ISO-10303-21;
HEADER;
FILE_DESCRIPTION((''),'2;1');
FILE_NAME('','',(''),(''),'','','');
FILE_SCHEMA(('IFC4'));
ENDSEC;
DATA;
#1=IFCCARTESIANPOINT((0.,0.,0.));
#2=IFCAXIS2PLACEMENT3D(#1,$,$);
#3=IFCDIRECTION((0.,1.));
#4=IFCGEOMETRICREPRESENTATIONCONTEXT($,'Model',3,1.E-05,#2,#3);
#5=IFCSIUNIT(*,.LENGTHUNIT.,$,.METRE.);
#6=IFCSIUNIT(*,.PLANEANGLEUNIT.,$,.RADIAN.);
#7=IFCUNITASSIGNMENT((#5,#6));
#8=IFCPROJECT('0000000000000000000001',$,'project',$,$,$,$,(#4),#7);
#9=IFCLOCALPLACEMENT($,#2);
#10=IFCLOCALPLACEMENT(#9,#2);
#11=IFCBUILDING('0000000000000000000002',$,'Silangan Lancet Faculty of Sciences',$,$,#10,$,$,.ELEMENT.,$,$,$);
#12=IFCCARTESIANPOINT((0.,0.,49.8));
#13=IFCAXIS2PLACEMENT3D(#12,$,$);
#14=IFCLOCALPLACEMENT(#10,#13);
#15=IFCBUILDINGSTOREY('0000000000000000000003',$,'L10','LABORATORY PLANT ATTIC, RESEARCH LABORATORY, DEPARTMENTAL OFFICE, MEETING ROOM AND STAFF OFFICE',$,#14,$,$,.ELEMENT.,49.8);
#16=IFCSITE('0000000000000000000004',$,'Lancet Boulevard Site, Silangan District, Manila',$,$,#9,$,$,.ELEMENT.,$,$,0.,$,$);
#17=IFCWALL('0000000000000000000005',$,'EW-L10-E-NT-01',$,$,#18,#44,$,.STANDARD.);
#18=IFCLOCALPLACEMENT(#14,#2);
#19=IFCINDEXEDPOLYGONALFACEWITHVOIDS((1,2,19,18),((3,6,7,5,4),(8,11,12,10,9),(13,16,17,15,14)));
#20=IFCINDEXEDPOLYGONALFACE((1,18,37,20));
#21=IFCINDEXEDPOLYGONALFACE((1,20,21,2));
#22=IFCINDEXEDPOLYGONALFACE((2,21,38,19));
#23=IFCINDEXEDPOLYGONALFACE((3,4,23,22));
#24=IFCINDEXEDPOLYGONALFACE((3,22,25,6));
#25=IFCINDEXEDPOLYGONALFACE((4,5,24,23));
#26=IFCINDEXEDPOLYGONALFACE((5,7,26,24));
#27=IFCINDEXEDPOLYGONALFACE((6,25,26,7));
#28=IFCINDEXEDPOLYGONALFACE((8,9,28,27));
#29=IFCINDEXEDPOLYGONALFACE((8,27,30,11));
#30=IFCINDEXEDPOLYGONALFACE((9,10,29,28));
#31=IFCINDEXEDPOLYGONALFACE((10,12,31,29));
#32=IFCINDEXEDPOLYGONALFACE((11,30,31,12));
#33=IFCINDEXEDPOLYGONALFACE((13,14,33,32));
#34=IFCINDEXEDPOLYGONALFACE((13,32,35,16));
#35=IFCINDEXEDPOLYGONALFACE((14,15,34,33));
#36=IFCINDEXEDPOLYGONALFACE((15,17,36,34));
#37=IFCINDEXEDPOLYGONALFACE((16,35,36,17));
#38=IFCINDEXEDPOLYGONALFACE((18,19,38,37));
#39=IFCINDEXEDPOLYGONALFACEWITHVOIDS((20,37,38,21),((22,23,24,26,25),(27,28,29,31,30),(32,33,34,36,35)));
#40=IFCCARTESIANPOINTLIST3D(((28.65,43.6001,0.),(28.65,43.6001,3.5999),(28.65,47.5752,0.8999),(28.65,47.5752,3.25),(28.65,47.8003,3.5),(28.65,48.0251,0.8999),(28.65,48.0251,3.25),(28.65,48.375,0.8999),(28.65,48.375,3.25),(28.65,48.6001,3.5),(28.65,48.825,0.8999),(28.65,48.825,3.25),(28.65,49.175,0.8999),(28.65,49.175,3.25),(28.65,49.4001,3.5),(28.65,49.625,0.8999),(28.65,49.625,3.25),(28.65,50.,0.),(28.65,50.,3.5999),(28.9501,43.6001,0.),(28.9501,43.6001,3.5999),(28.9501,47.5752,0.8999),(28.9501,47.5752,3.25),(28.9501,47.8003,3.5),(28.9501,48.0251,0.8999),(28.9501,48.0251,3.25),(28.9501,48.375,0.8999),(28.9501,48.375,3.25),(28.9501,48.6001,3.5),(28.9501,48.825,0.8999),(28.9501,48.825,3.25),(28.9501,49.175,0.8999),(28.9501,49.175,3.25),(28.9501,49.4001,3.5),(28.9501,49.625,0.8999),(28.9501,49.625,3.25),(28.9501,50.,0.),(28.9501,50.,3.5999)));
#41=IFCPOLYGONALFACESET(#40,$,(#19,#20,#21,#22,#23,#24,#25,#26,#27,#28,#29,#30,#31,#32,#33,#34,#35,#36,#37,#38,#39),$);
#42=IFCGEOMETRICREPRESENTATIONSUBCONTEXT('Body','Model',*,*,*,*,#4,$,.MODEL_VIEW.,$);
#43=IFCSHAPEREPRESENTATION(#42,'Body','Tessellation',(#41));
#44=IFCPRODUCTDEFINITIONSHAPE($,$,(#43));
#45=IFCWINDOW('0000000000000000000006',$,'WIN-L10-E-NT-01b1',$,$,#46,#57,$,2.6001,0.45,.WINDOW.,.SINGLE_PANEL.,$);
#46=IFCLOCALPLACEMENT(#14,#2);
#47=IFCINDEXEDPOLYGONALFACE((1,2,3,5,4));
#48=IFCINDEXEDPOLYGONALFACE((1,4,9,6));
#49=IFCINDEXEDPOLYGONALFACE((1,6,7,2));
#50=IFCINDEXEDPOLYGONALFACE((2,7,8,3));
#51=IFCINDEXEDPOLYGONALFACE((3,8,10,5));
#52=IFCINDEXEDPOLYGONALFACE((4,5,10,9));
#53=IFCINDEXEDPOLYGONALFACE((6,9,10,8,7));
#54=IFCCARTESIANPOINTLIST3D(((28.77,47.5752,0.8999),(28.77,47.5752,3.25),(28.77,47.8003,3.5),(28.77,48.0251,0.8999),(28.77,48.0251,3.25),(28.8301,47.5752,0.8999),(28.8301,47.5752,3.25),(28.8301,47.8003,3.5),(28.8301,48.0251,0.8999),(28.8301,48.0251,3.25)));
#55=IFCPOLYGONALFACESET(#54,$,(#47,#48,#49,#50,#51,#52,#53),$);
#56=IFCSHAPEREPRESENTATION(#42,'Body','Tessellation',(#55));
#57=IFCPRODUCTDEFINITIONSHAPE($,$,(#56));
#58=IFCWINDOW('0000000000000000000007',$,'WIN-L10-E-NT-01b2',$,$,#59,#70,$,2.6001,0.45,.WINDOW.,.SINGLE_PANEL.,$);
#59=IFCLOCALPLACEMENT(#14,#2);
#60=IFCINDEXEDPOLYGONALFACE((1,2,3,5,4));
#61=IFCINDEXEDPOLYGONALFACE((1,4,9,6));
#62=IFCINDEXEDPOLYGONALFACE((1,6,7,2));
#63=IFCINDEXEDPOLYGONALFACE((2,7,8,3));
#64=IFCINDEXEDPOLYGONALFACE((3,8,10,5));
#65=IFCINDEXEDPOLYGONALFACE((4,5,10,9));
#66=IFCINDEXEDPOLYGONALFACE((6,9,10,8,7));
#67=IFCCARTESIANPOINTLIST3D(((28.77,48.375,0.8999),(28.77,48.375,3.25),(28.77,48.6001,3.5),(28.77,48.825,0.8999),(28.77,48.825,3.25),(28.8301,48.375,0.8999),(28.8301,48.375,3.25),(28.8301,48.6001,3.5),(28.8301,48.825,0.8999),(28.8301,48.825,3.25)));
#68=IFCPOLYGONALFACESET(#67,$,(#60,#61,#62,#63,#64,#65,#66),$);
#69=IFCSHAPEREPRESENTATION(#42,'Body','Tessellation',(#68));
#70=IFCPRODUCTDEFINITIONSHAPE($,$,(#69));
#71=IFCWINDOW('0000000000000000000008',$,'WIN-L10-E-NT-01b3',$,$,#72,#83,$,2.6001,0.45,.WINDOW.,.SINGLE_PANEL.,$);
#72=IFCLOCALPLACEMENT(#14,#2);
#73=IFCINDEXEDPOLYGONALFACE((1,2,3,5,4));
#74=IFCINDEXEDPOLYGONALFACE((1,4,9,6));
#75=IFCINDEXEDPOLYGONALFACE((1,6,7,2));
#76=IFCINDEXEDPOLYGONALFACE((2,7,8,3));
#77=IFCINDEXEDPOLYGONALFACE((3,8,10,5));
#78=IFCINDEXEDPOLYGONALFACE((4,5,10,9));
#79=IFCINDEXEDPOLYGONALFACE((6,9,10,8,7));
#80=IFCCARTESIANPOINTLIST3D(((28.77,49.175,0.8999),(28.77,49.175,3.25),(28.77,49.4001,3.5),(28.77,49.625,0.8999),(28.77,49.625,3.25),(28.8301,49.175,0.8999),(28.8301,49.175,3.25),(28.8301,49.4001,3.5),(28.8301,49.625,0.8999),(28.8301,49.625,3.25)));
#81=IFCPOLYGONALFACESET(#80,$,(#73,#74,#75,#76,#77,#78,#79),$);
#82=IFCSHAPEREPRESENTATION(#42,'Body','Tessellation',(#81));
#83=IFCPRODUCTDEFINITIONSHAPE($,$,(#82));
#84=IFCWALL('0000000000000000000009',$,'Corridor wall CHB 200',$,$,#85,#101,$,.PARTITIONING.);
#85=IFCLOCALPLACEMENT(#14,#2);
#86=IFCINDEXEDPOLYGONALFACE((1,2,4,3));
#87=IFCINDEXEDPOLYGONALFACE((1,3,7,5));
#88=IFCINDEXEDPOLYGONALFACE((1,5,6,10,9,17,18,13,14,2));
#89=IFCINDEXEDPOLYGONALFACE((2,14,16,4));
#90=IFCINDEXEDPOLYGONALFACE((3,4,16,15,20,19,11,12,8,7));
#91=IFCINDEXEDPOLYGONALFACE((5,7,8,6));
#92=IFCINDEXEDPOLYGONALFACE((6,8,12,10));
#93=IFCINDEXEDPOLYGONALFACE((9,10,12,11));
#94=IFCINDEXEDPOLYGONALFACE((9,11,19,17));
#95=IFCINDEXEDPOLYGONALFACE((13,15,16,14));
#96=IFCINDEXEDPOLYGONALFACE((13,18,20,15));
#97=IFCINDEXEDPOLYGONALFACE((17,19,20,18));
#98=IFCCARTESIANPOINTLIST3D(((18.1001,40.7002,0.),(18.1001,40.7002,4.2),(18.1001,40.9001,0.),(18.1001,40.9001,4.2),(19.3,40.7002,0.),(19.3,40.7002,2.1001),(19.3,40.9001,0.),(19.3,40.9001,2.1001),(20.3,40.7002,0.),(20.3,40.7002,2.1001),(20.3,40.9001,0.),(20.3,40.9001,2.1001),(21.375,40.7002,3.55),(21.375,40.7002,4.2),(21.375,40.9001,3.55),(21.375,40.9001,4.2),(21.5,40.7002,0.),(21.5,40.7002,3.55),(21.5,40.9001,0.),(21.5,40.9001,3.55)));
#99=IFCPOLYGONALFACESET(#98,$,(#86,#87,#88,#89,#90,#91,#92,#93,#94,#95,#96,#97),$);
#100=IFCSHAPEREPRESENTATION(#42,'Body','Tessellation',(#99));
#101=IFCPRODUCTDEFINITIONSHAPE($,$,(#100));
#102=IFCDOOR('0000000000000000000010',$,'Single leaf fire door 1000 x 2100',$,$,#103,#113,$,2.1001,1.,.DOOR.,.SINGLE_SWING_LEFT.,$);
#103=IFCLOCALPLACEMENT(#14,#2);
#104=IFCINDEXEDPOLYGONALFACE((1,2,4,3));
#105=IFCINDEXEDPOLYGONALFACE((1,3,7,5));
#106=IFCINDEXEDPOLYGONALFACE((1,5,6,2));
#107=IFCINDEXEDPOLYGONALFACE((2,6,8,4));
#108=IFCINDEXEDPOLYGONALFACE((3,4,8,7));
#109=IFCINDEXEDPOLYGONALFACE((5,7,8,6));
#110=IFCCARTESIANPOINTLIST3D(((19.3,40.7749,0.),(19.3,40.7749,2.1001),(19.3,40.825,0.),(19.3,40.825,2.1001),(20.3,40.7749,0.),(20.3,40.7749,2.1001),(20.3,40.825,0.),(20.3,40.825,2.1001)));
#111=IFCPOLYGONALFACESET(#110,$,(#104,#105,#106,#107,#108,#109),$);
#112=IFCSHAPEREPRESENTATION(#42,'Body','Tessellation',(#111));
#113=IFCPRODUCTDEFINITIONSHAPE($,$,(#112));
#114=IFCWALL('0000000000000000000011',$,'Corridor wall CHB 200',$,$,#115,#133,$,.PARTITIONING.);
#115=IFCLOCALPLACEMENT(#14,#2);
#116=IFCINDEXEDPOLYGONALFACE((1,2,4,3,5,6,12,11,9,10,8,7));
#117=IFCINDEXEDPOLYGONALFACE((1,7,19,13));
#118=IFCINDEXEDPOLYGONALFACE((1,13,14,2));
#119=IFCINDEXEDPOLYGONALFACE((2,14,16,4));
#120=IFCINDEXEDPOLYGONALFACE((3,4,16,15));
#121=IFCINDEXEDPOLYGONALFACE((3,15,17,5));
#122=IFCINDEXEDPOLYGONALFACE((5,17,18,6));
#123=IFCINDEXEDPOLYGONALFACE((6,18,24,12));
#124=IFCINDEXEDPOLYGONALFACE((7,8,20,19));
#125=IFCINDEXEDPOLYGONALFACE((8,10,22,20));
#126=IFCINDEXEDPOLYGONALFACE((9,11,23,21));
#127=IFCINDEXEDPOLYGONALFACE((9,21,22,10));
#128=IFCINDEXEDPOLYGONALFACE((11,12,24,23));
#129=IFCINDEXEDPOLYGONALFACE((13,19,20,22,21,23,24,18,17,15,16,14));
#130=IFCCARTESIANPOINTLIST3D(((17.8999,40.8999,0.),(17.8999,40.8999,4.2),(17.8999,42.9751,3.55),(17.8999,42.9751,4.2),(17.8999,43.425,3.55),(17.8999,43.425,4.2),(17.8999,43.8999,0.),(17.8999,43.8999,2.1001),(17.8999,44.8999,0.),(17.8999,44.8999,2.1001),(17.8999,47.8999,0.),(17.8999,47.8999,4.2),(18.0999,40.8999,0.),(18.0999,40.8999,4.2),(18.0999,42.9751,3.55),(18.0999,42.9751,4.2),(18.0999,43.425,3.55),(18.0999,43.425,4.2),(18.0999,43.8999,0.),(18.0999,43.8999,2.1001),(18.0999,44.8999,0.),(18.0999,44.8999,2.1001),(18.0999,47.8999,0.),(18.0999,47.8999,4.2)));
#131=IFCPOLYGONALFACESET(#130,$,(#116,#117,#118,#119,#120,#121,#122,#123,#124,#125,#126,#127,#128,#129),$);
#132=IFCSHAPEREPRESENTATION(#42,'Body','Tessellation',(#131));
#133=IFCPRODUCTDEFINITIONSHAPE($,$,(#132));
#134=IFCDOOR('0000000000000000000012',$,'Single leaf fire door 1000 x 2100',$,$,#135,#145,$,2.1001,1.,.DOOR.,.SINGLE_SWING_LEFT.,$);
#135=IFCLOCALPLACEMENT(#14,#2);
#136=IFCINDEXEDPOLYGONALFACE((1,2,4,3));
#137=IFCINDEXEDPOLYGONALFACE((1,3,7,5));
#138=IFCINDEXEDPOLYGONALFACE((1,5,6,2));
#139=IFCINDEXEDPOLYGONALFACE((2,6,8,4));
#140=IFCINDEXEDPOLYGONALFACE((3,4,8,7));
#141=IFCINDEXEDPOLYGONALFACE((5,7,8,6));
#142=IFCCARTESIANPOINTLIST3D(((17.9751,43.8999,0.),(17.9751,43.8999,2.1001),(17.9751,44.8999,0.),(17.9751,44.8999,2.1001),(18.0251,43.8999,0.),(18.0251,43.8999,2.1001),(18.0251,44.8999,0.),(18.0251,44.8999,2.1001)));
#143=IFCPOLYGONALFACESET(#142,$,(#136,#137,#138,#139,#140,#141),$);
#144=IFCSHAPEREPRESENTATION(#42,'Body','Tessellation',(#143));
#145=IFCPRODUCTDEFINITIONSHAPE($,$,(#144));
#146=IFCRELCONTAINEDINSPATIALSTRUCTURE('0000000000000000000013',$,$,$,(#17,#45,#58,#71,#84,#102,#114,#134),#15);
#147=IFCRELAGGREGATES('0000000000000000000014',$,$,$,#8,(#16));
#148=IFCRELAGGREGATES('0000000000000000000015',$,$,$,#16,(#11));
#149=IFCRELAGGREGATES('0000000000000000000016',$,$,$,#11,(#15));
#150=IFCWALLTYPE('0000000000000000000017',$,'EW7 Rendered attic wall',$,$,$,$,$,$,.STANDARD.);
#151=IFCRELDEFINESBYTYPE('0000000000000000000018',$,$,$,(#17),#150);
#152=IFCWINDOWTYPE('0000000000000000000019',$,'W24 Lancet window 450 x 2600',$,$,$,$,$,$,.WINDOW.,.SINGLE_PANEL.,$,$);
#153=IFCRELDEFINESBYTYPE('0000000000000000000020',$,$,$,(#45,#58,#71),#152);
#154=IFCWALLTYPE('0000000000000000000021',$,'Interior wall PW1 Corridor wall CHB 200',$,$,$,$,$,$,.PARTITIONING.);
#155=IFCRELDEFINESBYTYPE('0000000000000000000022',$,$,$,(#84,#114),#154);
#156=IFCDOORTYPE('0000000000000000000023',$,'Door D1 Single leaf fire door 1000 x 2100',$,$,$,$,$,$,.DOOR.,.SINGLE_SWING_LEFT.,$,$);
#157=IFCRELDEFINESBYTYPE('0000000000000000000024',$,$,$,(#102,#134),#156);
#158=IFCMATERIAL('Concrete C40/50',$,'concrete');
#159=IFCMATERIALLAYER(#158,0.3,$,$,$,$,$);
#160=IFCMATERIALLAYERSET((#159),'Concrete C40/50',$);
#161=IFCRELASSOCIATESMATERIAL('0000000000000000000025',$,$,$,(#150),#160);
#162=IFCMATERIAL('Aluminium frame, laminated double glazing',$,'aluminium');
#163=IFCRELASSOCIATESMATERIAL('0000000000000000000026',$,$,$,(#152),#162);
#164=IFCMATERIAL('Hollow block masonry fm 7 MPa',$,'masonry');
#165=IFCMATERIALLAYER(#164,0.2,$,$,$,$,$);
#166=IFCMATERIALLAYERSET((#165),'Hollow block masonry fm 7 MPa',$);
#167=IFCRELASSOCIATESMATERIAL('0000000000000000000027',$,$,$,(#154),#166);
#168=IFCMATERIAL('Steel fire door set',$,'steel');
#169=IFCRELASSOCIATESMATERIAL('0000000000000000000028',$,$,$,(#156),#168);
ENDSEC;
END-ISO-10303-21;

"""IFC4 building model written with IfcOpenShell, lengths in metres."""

from ifc_helpers import new_model, si_unit, direction, frame, frame_2d, origin, place, context, subcontext, project, spatial, polyline, rectangle, outline, extrude, material, layer, layer_set, type_object, element, fill, save


model = new_model("IFC4")

# Units and contexts
model_context = context("Model", 3, precision=1e-05, world=origin(), true_north=direction((0.0, 1.0)))
body_context = subcontext(model_context, "Body", "Model", "MODEL_VIEW")
ifc_project = project(units=[si_unit("LENGTHUNIT", "METRE"), si_unit("PLANEANGLEUNIT", "RADIAN")], contexts=[model_context])

# Site, building, storey
site_placement = place(None, origin())
site = spatial("IfcSite", under=ifc_project, at=site_placement, Name="Lancet Boulevard Site, Silangan District, Manila", CompositionType="ELEMENT", RefElevation=0.0)
building_placement = place(site_placement, origin())
building = spatial("IfcBuilding", under=site, at=building_placement, Name="Silangan Lancet Faculty of Sciences", CompositionType="ELEMENT")
storey_placement = place(building_placement, frame((0.0, 0.0, 49.8)))
storey = spatial("IfcBuildingStorey", under=building, at=storey_placement, Name="L10", Description="LABORATORY PLANT ATTIC, RESEARCH LABORATORY, DEPARTMENTAL OFFICE, MEETING ROOM AND STAFF OFFICE", CompositionType="ELEMENT", Elevation=49.8)

# Wall, openings, windows
ifc_material_1 = material(Name="Concrete C40/50", Category="concrete")
ifc_layer_1 = layer(ifc_material_1, 0.3)
ifc_layer_set_1 = layer_set([ifc_layer_1], Name="Concrete C40/50")
wall_type_1 = type_object("IfcWallType", Name="EW7 Rendered attic wall", PredefinedType="STANDARD", material=ifc_layer_set_1)
wall_1_placement = place(storey_placement, frame((28.8, 43.6001, 0.0), z_axis=(0.0, 0.0, 1.0), x_axis=(0.0, 1.0, 0.0)))
wall_1 = element("IfcWall", 1, at=wall_1_placement, inside=storey, type_object=wall_type_1, Name="EW-L10-E-NT-01", PredefinedType="STANDARD", context=body_context, shape_type="SweptSolid", body=[
    extrude(rectangle(XDim=6.3999, YDim=0.3, at=frame_2d((3.2, 0.0))), origin(), (0.0, 0.0, 1.0), 3.5999),
])
opening_1_placement = place(wall_1_placement, frame((3.9751, 0.0, 0.8999)))
opening_1 = element("IfcOpeningElement", 2, at=opening_1_placement, cuts=wall_1, PredefinedType="OPENING", context=body_context, shape_type="SweptSolid", body=[
    extrude(outline(polyline([(0.0, 0.0), (0.45, 0.0), (0.45, 2.3501), (0.2251, 2.6001), (0.0, 2.3501), (0.0, 0.0)])), frame((0.0, 0.1599, 0.0), z_axis=(0.0, -1.0, 0.0), x_axis=(1.0, 0.0, 0.0)), (0.0, 0.0, 1.0), 0.3201),
])
opening_2_placement = place(wall_1_placement, frame((4.7749, 0.0, 0.8999)))
opening_2 = element("IfcOpeningElement", 3, at=opening_2_placement, cuts=wall_1, PredefinedType="OPENING", context=body_context, shape_type="SweptSolid", body=[
    extrude(outline(polyline([(0.0, 0.0), (0.45, 0.0), (0.45, 2.3501), (0.2251, 2.6001), (0.0, 2.3501), (0.0, 0.0)])), frame((0.0, 0.1599, 0.0), z_axis=(0.0, -1.0, 0.0), x_axis=(1.0, 0.0, 0.0)), (0.0, 0.0, 1.0), 0.3201),
])
opening_3_placement = place(wall_1_placement, frame((5.575, 0.0, 0.8999)))
opening_3 = element("IfcOpeningElement", 4, at=opening_3_placement, cuts=wall_1, PredefinedType="OPENING", context=body_context, shape_type="SweptSolid", body=[
    extrude(outline(polyline([(0.0, 0.0), (0.45, 0.0), (0.45, 2.3501), (0.2251, 2.6001), (0.0, 2.3501), (0.0, 0.0)])), frame((0.0, 0.1599, 0.0), z_axis=(0.0, -1.0, 0.0), x_axis=(1.0, 0.0, 0.0)), (0.0, 0.0, 1.0), 0.3201),
])
ifc_material_2 = material(Name="Aluminium frame, laminated double glazing", Category="aluminium")
window_type = type_object("IfcWindowType", Name="W24 Lancet window 450 x 2600", PartitioningType="SINGLE_PANEL", PredefinedType="WINDOW", material=ifc_material_2)
window_1_placement = place(opening_1_placement, origin())
window_1 = element("IfcWindow", 5, at=window_1_placement, inside=storey, type_object=window_type, Name="WIN-L10-E-NT-01b1", OverallHeight=2.6001, OverallWidth=0.45, PartitioningType="SINGLE_PANEL", PredefinedType="WINDOW", context=body_context, shape_type="SweptSolid", body=[
    extrude(outline(polyline([(0.0, 0.0), (0.45, 0.0), (0.45, 2.3501), (0.2251, 2.6001), (0.0, 2.3501), (0.0, 0.0)])), frame((0.0, 0.03, 0.0), z_axis=(0.0, -1.0, 0.0), x_axis=(1.0, 0.0, 0.0)), (0.0, 0.0, 1.0), 0.0601),
])
fill(opening_1, window_1)
window_2_placement = place(opening_2_placement, origin())
window_2 = element("IfcWindow", 6, at=window_2_placement, inside=storey, type_object=window_type, Name="WIN-L10-E-NT-01b2", OverallHeight=2.6001, OverallWidth=0.45, PartitioningType="SINGLE_PANEL", PredefinedType="WINDOW", context=body_context, shape_type="SweptSolid", body=[
    extrude(outline(polyline([(0.0, 0.0), (0.45, 0.0), (0.45, 2.3501), (0.2251, 2.6001), (0.0, 2.3501), (0.0, 0.0)])), frame((0.0, 0.03, 0.0), z_axis=(0.0, -1.0, 0.0), x_axis=(1.0, 0.0, 0.0)), (0.0, 0.0, 1.0), 0.0601),
])
fill(opening_2, window_2)
window_3_placement = place(opening_3_placement, origin())
window_3 = element("IfcWindow", 7, at=window_3_placement, inside=storey, type_object=window_type, Name="WIN-L10-E-NT-01b3", OverallHeight=2.6001, OverallWidth=0.45, PartitioningType="SINGLE_PANEL", PredefinedType="WINDOW", context=body_context, shape_type="SweptSolid", body=[
    extrude(outline(polyline([(0.0, 0.0), (0.45, 0.0), (0.45, 2.3501), (0.2251, 2.6001), (0.0, 2.3501), (0.0, 0.0)])), frame((0.0, 0.03, 0.0), z_axis=(0.0, -1.0, 0.0), x_axis=(1.0, 0.0, 0.0)), (0.0, 0.0, 1.0), 0.0601),
])
fill(opening_3, window_3)

# Walls, openings, doors
ifc_material_3 = material(Name="Hollow block masonry fm 7 MPa", Category="masonry")
ifc_layer_2 = layer(ifc_material_3, 0.2)
ifc_layer_set_2 = layer_set([ifc_layer_2], Name="Hollow block masonry fm 7 MPa")
wall_type_2 = type_object("IfcWallType", Name="Interior wall PW1 Corridor wall CHB 200", PredefinedType="PARTITIONING", material=ifc_layer_set_2)
wall_2_placement = place(storey_placement, frame((18.1001, 40.8, 0.0), z_axis=(0.0, 0.0, 1.0), x_axis=(1.0, 0.0, 0.0)))
wall_2 = element("IfcWall", 8, at=wall_2_placement, inside=storey, type_object=wall_type_2, Name="Corridor wall CHB 200", PredefinedType="PARTITIONING", context=body_context, shape_type="SweptSolid", body=[
    extrude(outline(polyline([(0.0, 0.0), (3.3999, 0.0), (3.3999, 3.55), (3.2749, 3.55), (3.2749, 4.2), (0.0, 4.2), (0.0, 0.0)])), frame((0.0, 0.1001, 0.0), z_axis=(0.0, -1.0, 0.0), x_axis=(1.0, 0.0, 0.0)), (0.0, 0.0, 1.0), 0.2),
])
opening_4_placement = place(wall_2_placement, frame((1.2, 0.0, 0.0)))
opening_4 = element("IfcOpeningElement", 9, at=opening_4_placement, cuts=wall_2, PredefinedType="OPENING", context=body_context, shape_type="SweptSolid", body=[
    extrude(rectangle(XDim=1.0, YDim=2.1001, at=frame_2d((0.5, 1.05))), frame((0.0, 0.1099, 0.0), z_axis=(0.0, -1.0, 0.0), x_axis=(1.0, 0.0, 0.0)), (0.0, 0.0, 1.0), 0.22),
])
ifc_material_4 = material(Name="Steel fire door set", Category="steel")
door_type = type_object("IfcDoorType", Name="Door D1 Single leaf fire door 1000 x 2100", OperationType="SINGLE_SWING_LEFT", PredefinedType="DOOR", material=ifc_material_4)
door_1_placement = place(opening_4_placement, frame((1.0, 0.0, 0.0), z_axis=(0.0, 0.0, 1.0), x_axis=(-1.0, 0.0, 0.0)))
door_1 = element("IfcDoor", 10, at=door_1_placement, inside=storey, type_object=door_type, Name="Single leaf fire door 1000 x 2100", OperationType="SINGLE_SWING_LEFT", OverallHeight=2.1001, OverallWidth=1.0, PredefinedType="DOOR", context=body_context, shape_type="SweptSolid", body=[
    extrude(rectangle(XDim=1.0, YDim=2.1001, at=frame_2d((0.5, 1.05))), frame((0.0, 0.0251, 0.0), z_axis=(0.0, -1.0, 0.0), x_axis=(1.0, 0.0, 0.0)), (0.0, 0.0, 1.0), 0.05),
])
fill(opening_4, door_1)
wall_3_placement = place(storey_placement, frame((18.0, 40.8999, 0.0), z_axis=(0.0, 0.0, 1.0), x_axis=(0.0, 1.0, 0.0)))
wall_3 = element("IfcWall", 11, at=wall_3_placement, inside=storey, type_object=wall_type_2, Name="Corridor wall CHB 200", PredefinedType="PARTITIONING", context=body_context, shape_type="SweptSolid", body=[
    extrude(outline(polyline([(0.0, 0.0), (7.0, 0.0), (7.0, 4.2), (2.5251, 4.2), (2.5251, 3.55), (2.0752, 3.55), (2.0752, 4.2), (0.0, 4.2), (0.0, 0.0)])), frame((0.0, 0.1001, 0.0), z_axis=(0.0, -1.0, 0.0), x_axis=(1.0, 0.0, 0.0)), (0.0, 0.0, 1.0), 0.2),
])
opening_5_placement = place(wall_3_placement, frame((3.0, 0.0, 0.0)))
opening_5 = element("IfcOpeningElement", 12, at=opening_5_placement, cuts=wall_3, PredefinedType="OPENING", context=body_context, shape_type="SweptSolid", body=[
    extrude(rectangle(XDim=1.0, YDim=2.1001, at=frame_2d((0.5, 1.05))), frame((0.0, 0.1099, 0.0), z_axis=(0.0, -1.0, 0.0), x_axis=(1.0, 0.0, 0.0)), (0.0, 0.0, 1.0), 0.22),
])
door_2_placement = place(opening_5_placement, origin())
door_2 = element("IfcDoor", 13, at=door_2_placement, inside=storey, type_object=door_type, Name="Single leaf fire door 1000 x 2100", OperationType="SINGLE_SWING_LEFT", OverallHeight=2.1001, OverallWidth=1.0, PredefinedType="DOOR", context=body_context, shape_type="SweptSolid", body=[
    extrude(rectangle(XDim=1.0, YDim=2.1001, at=frame_2d((0.5, 1.05))), frame((0.0, 0.0249, 0.0), z_axis=(0.0, -1.0, 0.0), x_axis=(1.0, 0.0, 0.0)), (0.0, 0.0, 1.0), 0.05),
])
fill(opening_5, door_2)

save(model, "model.ifc")
